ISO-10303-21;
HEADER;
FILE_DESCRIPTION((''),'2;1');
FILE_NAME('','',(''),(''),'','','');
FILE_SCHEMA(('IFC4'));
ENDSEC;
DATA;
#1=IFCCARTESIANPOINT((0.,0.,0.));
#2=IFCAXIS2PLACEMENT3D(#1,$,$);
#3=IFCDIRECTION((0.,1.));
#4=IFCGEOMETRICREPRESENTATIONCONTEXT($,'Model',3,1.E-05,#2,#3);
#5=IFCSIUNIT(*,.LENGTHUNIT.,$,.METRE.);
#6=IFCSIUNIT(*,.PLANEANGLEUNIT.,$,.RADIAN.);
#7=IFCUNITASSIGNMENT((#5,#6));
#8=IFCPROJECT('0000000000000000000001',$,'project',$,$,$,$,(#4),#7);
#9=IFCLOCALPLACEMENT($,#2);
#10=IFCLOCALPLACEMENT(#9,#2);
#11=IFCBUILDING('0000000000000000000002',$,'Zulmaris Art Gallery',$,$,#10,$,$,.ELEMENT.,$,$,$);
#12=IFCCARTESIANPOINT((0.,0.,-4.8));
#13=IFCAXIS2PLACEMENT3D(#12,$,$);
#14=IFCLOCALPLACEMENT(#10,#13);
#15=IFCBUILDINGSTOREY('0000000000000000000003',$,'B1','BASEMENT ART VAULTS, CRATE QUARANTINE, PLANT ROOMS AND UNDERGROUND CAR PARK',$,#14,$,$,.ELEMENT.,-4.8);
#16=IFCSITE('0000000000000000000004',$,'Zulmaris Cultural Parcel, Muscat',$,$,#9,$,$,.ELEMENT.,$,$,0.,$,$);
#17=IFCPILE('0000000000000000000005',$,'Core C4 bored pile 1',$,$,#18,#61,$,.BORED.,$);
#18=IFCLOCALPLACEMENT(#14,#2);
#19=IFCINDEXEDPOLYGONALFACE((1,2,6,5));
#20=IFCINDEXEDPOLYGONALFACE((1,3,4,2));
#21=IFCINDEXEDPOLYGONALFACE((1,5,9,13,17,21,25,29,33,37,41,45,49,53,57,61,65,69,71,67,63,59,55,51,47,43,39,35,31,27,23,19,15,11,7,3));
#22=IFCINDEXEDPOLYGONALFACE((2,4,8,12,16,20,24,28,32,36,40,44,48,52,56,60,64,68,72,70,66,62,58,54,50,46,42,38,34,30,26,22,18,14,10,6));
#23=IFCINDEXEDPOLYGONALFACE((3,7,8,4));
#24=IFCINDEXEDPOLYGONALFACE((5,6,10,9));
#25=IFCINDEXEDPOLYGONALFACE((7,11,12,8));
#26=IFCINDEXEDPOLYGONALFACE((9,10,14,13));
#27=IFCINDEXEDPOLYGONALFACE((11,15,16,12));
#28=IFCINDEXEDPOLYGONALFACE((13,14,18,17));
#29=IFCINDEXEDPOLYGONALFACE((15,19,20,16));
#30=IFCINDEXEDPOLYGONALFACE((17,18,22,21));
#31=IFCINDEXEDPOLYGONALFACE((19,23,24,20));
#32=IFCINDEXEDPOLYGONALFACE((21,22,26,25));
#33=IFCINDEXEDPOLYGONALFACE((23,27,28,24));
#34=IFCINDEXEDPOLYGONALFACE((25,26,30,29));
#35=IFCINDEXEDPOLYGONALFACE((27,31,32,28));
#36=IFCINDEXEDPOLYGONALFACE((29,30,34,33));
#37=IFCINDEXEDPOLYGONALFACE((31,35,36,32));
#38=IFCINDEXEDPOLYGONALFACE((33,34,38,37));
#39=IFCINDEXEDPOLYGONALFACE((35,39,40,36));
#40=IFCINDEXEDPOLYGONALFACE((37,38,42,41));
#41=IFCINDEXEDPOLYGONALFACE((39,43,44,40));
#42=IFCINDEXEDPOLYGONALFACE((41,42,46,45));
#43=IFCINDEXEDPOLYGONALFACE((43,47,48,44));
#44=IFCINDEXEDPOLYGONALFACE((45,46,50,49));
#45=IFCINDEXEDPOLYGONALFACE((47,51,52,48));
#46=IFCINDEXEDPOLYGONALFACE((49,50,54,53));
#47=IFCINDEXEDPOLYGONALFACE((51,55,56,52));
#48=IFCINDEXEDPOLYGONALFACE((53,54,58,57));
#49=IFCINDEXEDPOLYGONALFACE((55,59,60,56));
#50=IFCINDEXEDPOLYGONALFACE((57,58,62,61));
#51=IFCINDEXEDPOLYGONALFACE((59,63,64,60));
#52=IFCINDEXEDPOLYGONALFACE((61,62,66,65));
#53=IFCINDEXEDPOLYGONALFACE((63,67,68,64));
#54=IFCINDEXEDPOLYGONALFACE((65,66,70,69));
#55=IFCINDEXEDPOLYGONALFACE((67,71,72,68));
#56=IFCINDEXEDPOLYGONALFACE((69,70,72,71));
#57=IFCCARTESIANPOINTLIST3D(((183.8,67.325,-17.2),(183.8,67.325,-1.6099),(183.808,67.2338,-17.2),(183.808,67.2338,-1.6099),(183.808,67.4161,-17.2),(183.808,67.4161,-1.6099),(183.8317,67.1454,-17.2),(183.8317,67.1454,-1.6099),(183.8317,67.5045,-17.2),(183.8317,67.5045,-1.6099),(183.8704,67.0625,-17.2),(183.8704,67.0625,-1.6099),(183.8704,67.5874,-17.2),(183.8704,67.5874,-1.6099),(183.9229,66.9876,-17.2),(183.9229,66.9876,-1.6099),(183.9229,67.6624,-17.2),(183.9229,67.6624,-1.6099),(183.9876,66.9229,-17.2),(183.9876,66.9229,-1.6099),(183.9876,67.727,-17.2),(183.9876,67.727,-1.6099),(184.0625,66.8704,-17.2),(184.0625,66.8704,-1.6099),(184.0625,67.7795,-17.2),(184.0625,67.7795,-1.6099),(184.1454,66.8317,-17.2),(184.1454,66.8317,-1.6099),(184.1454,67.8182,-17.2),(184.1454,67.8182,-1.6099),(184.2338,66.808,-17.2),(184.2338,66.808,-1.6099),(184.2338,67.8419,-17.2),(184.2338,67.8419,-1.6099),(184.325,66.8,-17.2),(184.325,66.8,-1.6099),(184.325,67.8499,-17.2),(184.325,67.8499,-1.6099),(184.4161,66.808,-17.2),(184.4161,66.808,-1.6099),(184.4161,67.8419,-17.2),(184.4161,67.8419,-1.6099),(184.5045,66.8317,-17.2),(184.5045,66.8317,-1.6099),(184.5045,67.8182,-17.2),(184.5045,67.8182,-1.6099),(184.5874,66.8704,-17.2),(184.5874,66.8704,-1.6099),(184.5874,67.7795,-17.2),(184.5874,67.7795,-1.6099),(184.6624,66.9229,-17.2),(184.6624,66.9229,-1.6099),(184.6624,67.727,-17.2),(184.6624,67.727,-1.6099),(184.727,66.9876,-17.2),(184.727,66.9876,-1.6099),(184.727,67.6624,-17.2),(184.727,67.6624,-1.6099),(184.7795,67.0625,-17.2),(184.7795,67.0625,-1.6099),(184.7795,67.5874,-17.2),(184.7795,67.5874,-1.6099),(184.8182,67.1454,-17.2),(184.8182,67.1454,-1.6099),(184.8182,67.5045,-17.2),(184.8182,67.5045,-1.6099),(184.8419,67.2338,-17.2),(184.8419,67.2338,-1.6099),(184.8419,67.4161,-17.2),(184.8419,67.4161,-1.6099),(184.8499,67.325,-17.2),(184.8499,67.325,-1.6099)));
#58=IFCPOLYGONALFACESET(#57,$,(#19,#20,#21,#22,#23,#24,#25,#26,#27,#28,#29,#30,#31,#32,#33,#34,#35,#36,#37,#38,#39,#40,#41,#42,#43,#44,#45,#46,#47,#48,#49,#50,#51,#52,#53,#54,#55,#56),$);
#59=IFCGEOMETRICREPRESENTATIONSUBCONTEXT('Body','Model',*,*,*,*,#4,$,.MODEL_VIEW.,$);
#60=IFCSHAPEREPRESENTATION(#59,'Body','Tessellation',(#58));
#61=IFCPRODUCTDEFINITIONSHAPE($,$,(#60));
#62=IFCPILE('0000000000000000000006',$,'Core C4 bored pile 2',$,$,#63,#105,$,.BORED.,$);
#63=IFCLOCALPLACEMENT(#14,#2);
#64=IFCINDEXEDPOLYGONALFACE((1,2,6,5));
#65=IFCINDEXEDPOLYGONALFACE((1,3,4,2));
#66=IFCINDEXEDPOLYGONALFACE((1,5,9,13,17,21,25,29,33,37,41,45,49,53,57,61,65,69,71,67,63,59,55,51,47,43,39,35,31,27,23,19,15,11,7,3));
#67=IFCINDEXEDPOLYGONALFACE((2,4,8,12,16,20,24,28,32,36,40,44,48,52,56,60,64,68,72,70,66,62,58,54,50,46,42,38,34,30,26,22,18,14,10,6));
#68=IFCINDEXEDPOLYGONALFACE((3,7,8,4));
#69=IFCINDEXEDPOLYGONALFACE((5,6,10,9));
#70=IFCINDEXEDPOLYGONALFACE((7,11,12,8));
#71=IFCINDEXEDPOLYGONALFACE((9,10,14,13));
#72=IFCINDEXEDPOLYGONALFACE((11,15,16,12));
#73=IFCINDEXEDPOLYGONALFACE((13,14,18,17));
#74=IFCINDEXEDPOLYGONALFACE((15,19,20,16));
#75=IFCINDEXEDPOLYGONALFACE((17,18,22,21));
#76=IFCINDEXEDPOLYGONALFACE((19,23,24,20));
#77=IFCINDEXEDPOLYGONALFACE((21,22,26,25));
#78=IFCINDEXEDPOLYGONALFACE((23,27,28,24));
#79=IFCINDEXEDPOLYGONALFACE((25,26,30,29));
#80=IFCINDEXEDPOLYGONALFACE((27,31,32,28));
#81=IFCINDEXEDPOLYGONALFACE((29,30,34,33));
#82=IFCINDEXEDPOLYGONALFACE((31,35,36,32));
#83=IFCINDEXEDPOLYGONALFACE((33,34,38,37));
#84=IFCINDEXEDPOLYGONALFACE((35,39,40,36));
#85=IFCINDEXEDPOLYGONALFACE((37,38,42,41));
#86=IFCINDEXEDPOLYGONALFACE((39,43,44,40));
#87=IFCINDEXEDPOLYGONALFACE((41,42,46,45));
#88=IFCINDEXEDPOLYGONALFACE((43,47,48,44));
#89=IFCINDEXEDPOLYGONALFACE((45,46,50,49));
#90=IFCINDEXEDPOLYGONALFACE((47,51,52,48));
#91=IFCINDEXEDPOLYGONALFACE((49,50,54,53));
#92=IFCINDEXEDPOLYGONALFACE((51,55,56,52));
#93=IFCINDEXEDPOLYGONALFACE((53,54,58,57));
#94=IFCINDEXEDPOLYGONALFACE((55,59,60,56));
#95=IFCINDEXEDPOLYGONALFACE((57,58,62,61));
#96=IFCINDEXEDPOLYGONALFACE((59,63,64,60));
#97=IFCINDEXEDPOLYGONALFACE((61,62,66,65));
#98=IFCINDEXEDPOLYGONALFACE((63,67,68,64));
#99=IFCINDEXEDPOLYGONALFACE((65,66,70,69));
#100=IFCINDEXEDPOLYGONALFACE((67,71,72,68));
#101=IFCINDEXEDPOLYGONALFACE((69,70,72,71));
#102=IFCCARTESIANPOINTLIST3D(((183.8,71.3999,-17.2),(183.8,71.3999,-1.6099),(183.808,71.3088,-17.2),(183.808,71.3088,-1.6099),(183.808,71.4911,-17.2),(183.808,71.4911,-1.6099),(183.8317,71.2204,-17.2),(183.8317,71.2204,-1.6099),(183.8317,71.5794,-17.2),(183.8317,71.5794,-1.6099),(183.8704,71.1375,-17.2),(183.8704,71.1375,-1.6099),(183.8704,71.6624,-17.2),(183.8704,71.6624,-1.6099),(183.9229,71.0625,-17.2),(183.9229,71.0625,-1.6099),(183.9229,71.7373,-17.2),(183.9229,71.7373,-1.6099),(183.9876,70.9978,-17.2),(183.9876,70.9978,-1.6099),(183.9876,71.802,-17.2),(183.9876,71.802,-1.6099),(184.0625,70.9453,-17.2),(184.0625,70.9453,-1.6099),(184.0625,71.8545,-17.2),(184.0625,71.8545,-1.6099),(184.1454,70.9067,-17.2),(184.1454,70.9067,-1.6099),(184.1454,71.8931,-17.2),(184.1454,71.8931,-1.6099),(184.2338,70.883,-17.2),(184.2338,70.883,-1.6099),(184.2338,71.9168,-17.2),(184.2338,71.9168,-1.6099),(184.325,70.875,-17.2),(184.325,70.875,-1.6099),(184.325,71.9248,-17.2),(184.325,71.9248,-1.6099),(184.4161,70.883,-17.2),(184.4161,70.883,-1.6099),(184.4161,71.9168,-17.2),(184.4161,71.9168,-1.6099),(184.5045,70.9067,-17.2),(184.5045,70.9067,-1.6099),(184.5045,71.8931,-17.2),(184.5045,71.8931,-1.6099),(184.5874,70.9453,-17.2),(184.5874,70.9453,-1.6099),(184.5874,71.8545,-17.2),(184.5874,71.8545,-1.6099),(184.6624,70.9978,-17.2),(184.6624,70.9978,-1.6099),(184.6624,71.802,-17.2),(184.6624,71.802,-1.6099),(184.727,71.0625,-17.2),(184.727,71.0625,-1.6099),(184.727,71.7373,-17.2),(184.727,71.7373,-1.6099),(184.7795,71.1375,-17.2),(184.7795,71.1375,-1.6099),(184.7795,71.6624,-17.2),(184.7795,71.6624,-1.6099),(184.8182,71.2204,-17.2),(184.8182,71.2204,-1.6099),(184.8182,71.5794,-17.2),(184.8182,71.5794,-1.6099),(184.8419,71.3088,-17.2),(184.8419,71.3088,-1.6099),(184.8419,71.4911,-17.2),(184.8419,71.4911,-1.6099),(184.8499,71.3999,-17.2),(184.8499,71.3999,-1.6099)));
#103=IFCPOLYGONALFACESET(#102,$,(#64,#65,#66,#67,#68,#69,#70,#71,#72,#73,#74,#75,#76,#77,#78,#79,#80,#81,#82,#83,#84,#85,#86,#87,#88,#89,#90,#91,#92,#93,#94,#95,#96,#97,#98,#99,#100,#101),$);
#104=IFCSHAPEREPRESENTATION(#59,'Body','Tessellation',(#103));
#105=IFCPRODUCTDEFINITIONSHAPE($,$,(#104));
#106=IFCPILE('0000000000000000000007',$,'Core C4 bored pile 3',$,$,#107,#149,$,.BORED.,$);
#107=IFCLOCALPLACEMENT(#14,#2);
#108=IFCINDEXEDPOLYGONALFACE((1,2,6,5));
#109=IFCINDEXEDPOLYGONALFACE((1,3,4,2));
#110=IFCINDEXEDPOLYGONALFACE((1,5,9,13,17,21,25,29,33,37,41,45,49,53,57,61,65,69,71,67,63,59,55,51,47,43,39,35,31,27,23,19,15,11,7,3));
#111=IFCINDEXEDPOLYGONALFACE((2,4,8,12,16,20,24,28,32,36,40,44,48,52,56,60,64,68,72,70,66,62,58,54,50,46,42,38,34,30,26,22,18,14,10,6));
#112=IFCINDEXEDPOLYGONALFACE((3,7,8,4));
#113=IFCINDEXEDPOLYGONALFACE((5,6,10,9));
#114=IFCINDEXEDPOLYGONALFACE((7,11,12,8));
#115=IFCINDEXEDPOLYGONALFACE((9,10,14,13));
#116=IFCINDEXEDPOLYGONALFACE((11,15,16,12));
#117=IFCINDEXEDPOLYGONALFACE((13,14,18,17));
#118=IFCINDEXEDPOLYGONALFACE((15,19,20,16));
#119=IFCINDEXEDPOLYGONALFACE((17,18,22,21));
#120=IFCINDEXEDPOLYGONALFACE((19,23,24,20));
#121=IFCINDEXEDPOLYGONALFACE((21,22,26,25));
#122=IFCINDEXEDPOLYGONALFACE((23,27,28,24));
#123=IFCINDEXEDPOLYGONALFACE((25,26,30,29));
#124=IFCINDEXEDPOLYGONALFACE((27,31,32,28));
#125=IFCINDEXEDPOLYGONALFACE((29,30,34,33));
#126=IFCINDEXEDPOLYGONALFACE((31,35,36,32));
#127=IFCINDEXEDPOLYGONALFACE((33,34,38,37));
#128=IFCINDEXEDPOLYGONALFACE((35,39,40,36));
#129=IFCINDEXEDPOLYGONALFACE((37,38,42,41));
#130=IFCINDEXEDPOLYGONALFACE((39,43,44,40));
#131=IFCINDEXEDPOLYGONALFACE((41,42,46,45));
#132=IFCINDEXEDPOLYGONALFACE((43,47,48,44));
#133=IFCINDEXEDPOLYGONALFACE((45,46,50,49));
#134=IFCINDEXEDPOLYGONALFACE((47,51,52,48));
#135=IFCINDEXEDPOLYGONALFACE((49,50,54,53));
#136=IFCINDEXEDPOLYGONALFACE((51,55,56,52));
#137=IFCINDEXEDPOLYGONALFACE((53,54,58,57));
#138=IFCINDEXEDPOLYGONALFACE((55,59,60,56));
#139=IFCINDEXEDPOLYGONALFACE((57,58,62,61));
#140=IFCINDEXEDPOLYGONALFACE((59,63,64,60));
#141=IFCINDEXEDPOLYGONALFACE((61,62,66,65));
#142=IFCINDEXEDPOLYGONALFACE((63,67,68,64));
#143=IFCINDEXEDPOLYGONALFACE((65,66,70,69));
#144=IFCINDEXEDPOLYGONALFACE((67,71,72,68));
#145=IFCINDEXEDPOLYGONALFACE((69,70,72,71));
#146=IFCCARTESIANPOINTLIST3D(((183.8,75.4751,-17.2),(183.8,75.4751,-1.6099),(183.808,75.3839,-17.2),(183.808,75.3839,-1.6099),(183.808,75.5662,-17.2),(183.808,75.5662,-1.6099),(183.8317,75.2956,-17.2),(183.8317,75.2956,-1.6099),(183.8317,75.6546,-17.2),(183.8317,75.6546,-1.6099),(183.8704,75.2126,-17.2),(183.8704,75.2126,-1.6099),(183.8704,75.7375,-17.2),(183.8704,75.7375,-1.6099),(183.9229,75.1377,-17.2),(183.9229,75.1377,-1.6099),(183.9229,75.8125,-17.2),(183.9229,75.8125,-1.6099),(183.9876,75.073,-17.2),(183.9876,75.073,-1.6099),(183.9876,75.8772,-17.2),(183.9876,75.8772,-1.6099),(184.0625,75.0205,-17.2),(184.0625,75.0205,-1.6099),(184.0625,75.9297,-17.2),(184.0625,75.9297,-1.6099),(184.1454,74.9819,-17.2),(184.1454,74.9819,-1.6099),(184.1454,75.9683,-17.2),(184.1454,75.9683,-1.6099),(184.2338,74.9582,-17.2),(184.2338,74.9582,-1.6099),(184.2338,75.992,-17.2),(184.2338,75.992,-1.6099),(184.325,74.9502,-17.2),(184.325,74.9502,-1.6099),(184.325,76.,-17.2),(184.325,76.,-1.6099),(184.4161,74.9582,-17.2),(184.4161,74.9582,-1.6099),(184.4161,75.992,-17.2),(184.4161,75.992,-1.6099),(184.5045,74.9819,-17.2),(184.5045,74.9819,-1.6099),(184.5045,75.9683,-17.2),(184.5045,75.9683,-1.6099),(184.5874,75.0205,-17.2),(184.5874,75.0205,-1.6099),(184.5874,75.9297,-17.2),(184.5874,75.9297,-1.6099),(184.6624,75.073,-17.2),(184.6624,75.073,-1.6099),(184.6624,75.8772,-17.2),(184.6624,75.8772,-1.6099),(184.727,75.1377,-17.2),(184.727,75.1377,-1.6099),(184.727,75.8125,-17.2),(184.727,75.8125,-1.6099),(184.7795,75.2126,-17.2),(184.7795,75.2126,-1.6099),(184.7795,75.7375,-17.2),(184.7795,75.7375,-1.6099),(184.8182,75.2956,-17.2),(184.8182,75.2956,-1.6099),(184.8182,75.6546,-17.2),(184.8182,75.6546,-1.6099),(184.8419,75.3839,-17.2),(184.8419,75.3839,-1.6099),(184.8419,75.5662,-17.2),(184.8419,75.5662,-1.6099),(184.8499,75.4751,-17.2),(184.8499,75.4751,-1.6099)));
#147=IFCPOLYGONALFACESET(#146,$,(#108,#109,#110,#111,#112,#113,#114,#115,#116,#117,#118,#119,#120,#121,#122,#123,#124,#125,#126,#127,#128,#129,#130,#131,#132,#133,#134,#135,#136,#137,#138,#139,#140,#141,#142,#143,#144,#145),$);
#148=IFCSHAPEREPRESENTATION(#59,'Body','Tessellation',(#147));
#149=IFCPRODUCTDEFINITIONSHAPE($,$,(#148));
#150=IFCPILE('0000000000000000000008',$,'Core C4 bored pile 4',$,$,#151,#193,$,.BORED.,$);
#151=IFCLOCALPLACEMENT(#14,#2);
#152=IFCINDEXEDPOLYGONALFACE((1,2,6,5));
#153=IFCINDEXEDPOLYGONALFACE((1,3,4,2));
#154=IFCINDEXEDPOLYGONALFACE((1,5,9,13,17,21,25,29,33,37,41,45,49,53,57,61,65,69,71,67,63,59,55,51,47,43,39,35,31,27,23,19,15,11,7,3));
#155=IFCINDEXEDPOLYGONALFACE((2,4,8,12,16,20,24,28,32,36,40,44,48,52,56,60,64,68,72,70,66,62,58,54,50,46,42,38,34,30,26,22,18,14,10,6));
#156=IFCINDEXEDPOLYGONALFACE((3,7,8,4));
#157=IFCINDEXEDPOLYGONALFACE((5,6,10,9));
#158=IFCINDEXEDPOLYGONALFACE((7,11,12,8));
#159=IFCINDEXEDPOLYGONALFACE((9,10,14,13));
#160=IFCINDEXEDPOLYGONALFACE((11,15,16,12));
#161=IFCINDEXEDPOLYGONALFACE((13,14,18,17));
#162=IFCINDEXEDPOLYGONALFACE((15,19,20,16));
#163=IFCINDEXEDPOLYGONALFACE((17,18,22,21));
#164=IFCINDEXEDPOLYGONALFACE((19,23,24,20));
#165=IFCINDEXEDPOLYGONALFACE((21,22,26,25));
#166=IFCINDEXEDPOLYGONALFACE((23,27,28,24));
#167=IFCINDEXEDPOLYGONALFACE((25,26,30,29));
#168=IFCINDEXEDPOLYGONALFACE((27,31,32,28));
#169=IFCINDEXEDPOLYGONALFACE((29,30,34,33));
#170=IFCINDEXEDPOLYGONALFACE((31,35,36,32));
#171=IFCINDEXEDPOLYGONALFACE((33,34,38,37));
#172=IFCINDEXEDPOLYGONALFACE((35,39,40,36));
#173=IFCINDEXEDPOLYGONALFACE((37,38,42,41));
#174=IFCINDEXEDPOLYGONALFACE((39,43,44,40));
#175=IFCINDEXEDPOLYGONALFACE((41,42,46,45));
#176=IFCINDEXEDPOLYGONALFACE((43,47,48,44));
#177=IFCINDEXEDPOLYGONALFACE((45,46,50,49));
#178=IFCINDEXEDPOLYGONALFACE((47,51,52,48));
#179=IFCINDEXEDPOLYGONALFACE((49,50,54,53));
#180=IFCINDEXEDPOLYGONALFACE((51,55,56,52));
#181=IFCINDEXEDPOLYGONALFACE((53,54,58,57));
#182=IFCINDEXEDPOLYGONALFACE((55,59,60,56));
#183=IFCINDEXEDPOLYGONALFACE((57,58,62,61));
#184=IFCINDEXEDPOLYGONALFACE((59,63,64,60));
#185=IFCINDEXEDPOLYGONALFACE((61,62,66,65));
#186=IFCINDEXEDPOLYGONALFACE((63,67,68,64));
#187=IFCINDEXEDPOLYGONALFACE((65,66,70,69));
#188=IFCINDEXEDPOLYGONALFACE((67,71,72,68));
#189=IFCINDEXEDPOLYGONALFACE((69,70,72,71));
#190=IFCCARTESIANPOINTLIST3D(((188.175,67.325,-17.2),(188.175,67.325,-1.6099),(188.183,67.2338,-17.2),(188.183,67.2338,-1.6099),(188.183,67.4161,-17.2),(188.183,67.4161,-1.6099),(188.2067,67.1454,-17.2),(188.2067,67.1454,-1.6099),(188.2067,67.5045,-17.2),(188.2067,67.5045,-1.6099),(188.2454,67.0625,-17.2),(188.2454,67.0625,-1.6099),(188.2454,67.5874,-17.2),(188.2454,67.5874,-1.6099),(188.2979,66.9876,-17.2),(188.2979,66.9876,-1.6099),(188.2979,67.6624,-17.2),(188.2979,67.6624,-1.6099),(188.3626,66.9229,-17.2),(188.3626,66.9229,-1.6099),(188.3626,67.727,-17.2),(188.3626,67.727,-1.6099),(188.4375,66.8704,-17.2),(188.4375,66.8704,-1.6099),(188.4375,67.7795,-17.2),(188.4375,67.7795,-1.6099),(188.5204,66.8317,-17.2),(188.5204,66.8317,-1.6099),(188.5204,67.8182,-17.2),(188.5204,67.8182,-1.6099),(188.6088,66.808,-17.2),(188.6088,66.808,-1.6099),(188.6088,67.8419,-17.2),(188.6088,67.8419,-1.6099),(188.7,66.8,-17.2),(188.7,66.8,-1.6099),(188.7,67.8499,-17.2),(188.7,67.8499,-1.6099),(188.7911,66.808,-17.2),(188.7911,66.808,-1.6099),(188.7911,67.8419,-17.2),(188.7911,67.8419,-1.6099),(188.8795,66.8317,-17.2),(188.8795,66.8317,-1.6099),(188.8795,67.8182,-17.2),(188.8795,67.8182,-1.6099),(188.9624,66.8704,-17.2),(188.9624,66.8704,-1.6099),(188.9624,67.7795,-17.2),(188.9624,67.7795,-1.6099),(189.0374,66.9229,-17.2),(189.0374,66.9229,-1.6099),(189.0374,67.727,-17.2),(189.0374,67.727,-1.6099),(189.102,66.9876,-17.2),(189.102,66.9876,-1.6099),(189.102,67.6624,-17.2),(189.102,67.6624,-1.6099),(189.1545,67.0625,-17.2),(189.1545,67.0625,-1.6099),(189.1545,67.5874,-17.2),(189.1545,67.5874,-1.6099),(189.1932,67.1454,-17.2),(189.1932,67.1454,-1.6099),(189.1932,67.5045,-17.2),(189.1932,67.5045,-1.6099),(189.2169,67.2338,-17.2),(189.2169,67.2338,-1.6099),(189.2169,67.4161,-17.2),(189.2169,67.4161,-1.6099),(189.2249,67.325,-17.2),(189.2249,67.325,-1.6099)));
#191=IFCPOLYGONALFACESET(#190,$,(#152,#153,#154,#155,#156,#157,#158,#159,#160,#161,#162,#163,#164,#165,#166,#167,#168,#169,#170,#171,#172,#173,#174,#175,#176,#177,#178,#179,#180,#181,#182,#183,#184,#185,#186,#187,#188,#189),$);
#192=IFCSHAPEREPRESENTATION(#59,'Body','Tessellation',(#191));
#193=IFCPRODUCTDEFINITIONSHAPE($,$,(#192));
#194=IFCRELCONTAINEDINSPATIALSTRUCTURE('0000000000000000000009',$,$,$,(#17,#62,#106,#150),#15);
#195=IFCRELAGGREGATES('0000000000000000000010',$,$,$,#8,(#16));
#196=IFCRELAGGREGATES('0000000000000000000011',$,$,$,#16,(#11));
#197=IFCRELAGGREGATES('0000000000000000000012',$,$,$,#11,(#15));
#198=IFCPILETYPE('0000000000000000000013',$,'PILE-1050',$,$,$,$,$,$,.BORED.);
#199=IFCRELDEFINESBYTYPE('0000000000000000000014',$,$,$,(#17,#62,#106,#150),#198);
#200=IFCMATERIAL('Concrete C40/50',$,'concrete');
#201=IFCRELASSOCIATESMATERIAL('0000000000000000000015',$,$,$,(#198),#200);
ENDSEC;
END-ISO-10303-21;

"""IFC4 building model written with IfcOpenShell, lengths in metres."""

from ifc_helpers import new_model, si_unit, direction, frame, origin, origin_2d, place, context, subcontext, project, spatial, circle, extrude, material, material_profile, profile_set, type_object, element, save


model = new_model("IFC4")

# Units and contexts
model_context = context("Model", 3, precision=1e-05, world=origin(), true_north=direction((0.0, 1.0)))
body_context = subcontext(model_context, "Body", "Model", "MODEL_VIEW")
ifc_project = project(units=[si_unit("LENGTHUNIT", "METRE"), si_unit("PLANEANGLEUNIT", "RADIAN")], contexts=[model_context])

# Site, building, storey
site_placement = place(None, origin())
site = spatial("IfcSite", under=ifc_project, at=site_placement, Name="Zulmaris Cultural Parcel, Muscat", CompositionType="ELEMENT", RefElevation=0.0)
building_placement = place(site_placement, origin())
building = spatial("IfcBuilding", under=site, at=building_placement, Name="Zulmaris Art Gallery", CompositionType="ELEMENT")
storey_placement = place(building_placement, frame((0.0, 0.0, -4.8)))
storey = spatial("IfcBuildingStorey", under=building, at=storey_placement, Name="B1", Description="BASEMENT ART VAULTS, CRATE QUARANTINE, PLANT ROOMS AND UNDERGROUND CAR PARK", CompositionType="ELEMENT", Elevation=-4.8)

# Piles
ifc_material_1 = material(Name="Concrete C40/50", Category="concrete")
ifc_material_profile_1 = material_profile(ifc_material_1, circle(Radius=0.5249, at=origin_2d()), Name="PILE DIA 1050")
ifc_profile_set_1 = profile_set([ifc_material_profile_1], Name="Concrete C40/50")
pile_type = type_object("IfcPileType", Name="PILE-1050", PredefinedType="BORED", material=ifc_profile_set_1)
for number, where, z_axis, x_axis, name in (
    (1, (184.325, 67.325, -1.6099), (0.0, 0.0, -1.0), (1.0, 0.0, 0.0), "Core C4 bored pile 1"),
    (2, (184.325, 71.3999, -1.6099), (0.0, 0.0, -1.0), (1.0, 0.0, 0.0), "Core C4 bored pile 2"),
    (3, (184.325, 75.4751, -1.6099), (0.0, 0.0, -1.0), (1.0, 0.0, 0.0), "Core C4 bored pile 3"),
    (4, (188.7, 67.325, -1.6099), (0.0, 0.0, -1.0), (1.0, 0.0, 0.0), "Core C4 bored pile 4"),
):
    element("IfcPile", number, at=place(storey_placement, frame(where, z_axis=z_axis, x_axis=x_axis)), inside=storey, type_object=pile_type, Name=name, PredefinedType="BORED", context=body_context, shape_type="SweptSolid", body=[
        extrude(circle(Radius=0.5249, at=origin_2d()), origin(), (0.0, 0.0, 1.0), 15.5901),
    ])

save(model, "model.ifc")
